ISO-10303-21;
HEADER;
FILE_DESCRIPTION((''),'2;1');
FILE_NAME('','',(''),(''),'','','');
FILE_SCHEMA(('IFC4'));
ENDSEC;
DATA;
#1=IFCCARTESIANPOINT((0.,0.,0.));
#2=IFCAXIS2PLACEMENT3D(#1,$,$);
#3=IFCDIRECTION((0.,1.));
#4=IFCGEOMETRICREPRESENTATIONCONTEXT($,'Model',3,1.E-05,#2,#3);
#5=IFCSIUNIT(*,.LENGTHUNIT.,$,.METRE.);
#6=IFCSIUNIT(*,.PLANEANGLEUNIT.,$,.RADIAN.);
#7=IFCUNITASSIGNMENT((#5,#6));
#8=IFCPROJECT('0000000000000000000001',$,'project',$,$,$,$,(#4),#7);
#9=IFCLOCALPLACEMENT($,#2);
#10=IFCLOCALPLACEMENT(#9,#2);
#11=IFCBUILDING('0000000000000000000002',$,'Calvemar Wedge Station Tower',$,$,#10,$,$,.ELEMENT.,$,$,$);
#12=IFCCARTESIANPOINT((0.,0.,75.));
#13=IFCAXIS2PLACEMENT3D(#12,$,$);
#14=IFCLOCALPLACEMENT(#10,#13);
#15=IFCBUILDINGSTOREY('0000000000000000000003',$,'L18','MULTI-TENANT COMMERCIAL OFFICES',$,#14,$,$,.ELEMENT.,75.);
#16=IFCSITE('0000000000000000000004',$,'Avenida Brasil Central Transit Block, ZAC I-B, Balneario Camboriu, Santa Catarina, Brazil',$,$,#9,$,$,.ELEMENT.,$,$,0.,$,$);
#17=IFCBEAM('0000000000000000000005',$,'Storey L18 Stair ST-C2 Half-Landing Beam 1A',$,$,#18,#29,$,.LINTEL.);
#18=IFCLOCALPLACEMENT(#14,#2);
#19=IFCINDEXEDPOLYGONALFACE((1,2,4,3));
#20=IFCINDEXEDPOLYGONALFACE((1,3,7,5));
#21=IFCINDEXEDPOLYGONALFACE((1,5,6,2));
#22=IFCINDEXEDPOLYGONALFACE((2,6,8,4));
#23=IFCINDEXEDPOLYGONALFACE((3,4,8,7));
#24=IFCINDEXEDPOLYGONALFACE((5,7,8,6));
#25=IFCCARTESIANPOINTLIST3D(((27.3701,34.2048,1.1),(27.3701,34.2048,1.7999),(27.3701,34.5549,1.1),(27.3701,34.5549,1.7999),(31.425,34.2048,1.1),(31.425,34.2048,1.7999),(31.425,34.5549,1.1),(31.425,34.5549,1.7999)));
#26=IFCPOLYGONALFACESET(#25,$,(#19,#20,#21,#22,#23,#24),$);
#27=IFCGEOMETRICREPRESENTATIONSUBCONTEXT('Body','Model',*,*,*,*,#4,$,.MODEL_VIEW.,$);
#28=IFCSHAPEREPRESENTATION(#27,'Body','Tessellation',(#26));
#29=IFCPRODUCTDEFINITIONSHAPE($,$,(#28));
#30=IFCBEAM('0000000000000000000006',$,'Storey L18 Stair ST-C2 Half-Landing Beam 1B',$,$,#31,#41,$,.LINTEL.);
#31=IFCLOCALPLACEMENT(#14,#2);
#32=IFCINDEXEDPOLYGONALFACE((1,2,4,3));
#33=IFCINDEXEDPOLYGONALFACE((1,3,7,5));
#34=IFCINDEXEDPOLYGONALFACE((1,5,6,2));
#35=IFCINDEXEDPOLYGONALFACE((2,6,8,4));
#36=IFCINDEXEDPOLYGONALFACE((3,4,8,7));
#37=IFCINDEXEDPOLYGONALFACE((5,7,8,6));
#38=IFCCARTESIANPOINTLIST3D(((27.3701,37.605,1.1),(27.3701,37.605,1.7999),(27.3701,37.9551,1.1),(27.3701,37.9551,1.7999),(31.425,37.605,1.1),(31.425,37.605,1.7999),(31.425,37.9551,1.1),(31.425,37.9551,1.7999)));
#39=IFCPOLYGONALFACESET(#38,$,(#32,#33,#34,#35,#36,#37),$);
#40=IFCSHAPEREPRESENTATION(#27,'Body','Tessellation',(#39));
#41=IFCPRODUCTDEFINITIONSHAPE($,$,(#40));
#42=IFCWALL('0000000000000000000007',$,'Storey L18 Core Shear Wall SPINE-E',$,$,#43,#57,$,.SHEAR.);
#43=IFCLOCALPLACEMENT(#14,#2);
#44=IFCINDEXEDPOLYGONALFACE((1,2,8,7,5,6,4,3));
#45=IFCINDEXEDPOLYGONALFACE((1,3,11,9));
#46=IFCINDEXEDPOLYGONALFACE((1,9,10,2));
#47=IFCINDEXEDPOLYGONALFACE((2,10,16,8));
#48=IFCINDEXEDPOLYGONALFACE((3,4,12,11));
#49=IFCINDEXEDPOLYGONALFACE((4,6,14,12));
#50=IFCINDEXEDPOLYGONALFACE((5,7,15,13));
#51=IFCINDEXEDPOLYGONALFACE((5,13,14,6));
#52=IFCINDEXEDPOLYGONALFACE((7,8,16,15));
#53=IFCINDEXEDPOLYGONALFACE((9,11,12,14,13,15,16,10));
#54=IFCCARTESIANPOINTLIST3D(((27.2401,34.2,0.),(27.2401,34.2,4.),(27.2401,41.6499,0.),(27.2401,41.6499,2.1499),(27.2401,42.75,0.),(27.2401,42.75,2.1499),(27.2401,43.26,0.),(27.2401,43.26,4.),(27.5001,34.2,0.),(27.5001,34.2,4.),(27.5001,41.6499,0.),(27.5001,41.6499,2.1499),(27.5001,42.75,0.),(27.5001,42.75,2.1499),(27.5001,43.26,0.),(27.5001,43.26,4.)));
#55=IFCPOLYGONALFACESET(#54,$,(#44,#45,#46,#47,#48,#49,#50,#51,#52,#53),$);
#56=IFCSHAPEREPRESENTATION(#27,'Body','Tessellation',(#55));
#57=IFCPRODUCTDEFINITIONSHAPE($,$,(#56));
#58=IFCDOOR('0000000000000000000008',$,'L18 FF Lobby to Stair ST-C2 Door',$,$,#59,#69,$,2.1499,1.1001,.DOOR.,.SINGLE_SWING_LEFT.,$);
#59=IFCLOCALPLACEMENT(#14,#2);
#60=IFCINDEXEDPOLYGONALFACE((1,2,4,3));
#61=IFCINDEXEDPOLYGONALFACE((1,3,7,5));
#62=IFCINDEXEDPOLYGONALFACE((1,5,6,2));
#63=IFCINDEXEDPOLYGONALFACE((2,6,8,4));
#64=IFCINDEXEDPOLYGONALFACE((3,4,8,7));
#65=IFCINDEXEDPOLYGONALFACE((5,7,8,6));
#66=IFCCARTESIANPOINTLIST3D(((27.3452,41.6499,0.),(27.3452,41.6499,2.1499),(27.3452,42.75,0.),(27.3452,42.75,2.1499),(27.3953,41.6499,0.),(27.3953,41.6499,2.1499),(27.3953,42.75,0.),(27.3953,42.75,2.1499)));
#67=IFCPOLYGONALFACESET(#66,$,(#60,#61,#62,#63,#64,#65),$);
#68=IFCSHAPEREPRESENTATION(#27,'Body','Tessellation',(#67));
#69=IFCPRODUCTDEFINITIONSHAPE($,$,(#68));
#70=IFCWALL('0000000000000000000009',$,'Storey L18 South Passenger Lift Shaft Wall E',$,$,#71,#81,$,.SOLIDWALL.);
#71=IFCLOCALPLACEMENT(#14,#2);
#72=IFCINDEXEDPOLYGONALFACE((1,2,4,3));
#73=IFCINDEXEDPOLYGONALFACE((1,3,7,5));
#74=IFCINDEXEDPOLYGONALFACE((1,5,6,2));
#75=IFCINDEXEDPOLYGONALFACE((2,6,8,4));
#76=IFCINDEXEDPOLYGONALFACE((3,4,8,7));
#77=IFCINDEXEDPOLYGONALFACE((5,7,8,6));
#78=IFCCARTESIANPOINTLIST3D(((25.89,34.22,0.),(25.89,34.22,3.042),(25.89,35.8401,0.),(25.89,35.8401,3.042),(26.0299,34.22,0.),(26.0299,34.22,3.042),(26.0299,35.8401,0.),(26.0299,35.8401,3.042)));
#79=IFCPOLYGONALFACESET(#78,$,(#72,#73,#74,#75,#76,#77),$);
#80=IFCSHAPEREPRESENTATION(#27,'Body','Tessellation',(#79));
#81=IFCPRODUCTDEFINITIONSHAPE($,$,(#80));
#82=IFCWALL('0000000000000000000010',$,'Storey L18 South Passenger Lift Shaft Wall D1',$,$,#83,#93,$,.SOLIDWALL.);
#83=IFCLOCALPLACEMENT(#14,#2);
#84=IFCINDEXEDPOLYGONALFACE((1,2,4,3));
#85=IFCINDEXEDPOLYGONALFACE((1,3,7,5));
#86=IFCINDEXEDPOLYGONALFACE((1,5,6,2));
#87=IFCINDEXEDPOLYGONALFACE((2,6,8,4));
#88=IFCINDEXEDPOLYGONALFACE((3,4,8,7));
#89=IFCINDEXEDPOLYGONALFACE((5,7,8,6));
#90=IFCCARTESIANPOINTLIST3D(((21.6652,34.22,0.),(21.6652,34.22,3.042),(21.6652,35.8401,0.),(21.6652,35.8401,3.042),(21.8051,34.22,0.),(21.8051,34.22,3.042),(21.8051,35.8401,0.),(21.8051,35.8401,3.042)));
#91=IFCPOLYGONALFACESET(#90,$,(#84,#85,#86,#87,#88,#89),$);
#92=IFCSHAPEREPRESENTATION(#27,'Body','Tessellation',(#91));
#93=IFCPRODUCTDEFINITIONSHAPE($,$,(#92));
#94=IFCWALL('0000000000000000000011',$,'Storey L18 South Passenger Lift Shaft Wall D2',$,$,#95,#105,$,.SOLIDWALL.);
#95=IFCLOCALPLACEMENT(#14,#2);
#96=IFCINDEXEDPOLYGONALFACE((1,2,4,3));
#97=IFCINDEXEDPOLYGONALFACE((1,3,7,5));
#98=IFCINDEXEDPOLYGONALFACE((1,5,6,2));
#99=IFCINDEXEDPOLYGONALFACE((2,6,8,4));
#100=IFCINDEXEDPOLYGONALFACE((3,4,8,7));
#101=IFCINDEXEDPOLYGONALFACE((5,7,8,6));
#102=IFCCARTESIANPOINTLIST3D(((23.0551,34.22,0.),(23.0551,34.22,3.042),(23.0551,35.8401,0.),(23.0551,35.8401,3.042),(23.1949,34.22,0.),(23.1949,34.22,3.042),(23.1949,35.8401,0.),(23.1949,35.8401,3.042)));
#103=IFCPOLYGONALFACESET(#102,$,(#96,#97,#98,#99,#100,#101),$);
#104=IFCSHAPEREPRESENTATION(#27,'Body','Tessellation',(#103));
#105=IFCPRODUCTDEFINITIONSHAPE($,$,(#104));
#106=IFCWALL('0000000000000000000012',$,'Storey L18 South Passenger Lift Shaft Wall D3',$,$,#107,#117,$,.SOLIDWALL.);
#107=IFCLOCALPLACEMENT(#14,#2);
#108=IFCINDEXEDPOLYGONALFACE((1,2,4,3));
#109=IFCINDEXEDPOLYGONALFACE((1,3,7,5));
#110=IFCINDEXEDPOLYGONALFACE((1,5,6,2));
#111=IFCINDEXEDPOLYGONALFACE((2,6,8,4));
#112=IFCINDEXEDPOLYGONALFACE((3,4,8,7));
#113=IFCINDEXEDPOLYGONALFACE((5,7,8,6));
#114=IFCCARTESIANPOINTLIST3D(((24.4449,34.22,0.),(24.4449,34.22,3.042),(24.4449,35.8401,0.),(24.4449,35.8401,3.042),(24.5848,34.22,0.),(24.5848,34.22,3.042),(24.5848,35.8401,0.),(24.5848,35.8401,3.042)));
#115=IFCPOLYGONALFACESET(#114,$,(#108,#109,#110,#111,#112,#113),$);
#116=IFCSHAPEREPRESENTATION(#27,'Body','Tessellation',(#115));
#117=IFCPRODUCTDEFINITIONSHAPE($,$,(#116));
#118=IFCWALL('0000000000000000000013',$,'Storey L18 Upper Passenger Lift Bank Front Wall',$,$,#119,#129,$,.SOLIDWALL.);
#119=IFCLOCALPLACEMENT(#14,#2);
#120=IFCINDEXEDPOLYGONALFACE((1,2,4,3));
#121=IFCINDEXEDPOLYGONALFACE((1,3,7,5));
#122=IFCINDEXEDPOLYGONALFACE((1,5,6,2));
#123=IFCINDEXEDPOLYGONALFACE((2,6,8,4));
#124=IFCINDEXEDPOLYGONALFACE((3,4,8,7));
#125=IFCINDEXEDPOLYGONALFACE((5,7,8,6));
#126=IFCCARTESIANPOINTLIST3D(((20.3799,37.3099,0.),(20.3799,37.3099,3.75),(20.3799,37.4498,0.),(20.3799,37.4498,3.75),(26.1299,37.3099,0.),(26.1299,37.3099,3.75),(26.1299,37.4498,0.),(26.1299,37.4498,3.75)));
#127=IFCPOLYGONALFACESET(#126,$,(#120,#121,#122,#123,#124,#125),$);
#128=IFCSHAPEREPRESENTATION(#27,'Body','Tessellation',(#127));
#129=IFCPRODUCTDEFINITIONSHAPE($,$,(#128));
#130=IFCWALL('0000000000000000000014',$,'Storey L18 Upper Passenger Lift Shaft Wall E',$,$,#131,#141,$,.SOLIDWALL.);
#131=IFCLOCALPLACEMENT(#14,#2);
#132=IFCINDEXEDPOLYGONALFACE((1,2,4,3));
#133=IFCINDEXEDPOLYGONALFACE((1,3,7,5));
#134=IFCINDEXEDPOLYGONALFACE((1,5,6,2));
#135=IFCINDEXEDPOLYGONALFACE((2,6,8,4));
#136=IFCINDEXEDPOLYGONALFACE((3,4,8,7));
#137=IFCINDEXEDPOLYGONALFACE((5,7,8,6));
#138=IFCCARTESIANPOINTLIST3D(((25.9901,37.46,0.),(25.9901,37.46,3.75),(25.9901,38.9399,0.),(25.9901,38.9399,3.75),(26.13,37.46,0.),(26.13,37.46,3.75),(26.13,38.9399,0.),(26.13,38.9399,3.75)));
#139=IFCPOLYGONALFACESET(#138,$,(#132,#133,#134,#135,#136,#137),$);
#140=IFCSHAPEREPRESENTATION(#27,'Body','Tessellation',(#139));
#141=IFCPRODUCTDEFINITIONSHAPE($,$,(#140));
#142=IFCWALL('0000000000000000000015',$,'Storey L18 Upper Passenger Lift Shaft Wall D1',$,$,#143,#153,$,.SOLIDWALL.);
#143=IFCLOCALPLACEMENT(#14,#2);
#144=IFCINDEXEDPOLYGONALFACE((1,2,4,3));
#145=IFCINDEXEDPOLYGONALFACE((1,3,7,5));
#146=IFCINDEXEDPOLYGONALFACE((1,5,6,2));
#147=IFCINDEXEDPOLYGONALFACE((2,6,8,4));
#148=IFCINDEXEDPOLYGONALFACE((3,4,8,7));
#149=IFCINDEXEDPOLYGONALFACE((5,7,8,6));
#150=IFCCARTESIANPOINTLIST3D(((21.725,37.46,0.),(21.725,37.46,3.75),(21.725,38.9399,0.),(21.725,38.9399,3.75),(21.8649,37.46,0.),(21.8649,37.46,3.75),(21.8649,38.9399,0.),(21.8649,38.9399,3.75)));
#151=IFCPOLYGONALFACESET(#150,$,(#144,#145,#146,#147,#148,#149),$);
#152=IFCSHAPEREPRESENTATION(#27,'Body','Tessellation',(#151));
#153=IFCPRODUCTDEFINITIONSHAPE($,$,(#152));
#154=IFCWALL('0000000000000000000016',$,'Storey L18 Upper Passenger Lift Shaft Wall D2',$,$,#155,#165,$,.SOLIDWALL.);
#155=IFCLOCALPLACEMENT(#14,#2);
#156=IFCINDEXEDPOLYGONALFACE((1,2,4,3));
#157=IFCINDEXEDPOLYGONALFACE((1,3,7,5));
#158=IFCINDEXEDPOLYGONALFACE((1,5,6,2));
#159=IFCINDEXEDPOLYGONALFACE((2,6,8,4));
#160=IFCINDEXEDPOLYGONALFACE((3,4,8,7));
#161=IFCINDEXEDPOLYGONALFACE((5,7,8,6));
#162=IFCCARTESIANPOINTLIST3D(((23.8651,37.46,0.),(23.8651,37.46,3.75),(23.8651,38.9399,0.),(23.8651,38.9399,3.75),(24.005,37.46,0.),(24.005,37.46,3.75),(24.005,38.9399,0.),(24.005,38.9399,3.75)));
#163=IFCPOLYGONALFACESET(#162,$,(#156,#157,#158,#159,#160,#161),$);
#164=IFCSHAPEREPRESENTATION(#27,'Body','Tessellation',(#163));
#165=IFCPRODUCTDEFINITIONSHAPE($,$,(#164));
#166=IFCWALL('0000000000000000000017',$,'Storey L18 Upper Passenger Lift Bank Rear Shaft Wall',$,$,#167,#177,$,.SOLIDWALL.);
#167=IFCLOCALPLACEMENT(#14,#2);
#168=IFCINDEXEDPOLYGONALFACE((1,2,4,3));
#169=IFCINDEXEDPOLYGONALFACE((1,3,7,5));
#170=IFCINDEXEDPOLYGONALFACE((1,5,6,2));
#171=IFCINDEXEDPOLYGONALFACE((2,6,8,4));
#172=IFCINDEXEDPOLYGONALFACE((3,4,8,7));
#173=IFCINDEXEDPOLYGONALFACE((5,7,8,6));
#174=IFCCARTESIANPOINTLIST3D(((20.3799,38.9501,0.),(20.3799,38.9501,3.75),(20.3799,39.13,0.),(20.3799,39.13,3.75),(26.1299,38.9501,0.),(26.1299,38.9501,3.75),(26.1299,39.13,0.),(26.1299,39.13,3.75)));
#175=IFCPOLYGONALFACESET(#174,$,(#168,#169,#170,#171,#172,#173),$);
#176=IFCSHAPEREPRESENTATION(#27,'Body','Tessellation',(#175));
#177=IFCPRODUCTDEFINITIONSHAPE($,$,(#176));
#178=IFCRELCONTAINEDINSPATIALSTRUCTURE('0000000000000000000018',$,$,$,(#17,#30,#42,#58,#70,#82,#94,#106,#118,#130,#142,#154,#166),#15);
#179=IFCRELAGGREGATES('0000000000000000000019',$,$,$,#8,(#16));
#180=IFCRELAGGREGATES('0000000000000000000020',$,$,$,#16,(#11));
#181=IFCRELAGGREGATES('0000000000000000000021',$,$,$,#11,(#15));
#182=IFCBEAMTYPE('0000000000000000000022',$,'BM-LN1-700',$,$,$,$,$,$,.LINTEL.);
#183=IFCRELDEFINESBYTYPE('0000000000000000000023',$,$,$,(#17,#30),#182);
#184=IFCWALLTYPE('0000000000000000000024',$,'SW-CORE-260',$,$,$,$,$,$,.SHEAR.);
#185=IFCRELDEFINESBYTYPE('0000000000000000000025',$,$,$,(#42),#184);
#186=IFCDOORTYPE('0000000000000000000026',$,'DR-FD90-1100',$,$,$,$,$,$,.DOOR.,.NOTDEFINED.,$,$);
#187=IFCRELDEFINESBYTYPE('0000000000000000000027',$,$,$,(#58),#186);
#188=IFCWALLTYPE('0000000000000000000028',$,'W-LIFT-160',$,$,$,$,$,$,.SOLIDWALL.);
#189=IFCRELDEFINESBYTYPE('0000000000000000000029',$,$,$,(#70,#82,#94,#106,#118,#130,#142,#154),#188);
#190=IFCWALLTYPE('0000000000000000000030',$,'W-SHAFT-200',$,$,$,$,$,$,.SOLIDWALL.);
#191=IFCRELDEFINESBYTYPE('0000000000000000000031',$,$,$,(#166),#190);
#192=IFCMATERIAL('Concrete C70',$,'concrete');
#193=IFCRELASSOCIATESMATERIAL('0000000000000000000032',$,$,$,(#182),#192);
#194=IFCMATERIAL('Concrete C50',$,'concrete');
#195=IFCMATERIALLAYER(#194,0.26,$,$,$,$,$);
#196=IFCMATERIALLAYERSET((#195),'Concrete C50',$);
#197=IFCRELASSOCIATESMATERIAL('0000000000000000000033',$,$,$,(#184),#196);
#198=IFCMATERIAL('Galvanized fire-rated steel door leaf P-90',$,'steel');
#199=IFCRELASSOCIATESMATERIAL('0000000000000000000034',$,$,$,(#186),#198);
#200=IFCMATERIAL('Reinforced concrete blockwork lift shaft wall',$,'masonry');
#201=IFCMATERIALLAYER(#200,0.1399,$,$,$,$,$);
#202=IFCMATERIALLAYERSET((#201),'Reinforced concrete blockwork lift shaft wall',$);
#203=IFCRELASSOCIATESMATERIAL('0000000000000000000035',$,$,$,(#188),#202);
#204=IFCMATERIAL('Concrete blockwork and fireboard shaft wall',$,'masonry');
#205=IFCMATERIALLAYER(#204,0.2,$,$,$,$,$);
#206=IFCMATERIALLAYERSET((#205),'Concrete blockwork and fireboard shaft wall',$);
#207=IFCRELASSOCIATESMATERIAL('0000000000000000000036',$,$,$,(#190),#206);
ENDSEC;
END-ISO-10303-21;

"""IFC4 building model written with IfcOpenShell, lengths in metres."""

from ifc_helpers import new_model, si_unit, direction, frame, frame_2d, origin, origin_2d, place, context, subcontext, project, spatial, rectangle, extrude, source, transform, mapped, material, layer, layer_set, material_profile, profile_set, type_object, element, fill, save


model = new_model("IFC4")

# Units and contexts
model_context = context("Model", 3, precision=1e-05, world=origin(), true_north=direction((0.0, 1.0)))
body_context = subcontext(model_context, "Body", "Model", "MODEL_VIEW")
ifc_project = project(units=[si_unit("LENGTHUNIT", "METRE"), si_unit("PLANEANGLEUNIT", "RADIAN")], contexts=[model_context])

# Site, building, storey
site_placement = place(None, origin())
site = spatial("IfcSite", under=ifc_project, at=site_placement, Name="Avenida Brasil Central Transit Block, ZAC I-B, Balneario Camboriu, Santa Catarina, Brazil", CompositionType="ELEMENT", RefElevation=0.0)
building_placement = place(site_placement, origin())
building = spatial("IfcBuilding", under=site, at=building_placement, Name="Calvemar Wedge Station Tower", CompositionType="ELEMENT")
storey_placement = place(building_placement, frame((0.0, 0.0, 75.0)))
storey = spatial("IfcBuildingStorey", under=building, at=storey_placement, Name="L18", Description="MULTI-TENANT COMMERCIAL OFFICES", CompositionType="ELEMENT", Elevation=75.0)

# Beams
ifc_material_1 = material(Name="Concrete C70", Category="concrete")
ifc_material_profile = material_profile(ifc_material_1, rectangle(XDim=0.3501, YDim=0.7, at=origin_2d()), Name="RC350x700")
ifc_profile_set = profile_set([ifc_material_profile], Name="Concrete C70")
beam_type = type_object("IfcBeamType", Name="BM-LN1-700", PredefinedType="LINTEL", material=ifc_profile_set)
shared_shape_1 = source(origin(), body_context, "Body", "SweptSolid", [
    extrude(rectangle(XDim=0.3501, YDim=0.7, at=origin_2d()), origin(), (0.0, 0.0, 1.0), 4.0549),
])
for number, where, z_axis, x_axis, name in (
    (1, (27.3701, 34.3799, 1.45), (1.0, 0.0, 0.0), (0.0, 1.0, 0.0), "Storey L18 Stair ST-C2 Half-Landing Beam 1A"),
    (2, (27.3701, 37.78, 1.45), (1.0, 0.0, 0.0), (0.0, 1.0, 0.0), "Storey L18 Stair ST-C2 Half-Landing Beam 1B"),
):
    element("IfcBeam", number, at=place(storey_placement, frame(where, z_axis=z_axis, x_axis=x_axis)), inside=storey, type_object=beam_type, Name=name, PredefinedType="LINTEL", context=body_context, shape_type="MappedRepresentation", body=[
        mapped(shared_shape_1, transform((0.0, 0.0, 0.0), scale=1.0)),
    ])

# Wall, opening, door
ifc_material_2 = material(Name="Concrete C50", Category="concrete")
ifc_layer_1 = layer(ifc_material_2, 0.26)
ifc_layer_set_1 = layer_set([ifc_layer_1], Name="Concrete C50")
wall_type_1 = type_object("IfcWallType", Name="SW-CORE-260", PredefinedType="SHEAR", material=ifc_layer_set_1)
wall_1_placement = place(storey_placement, frame((27.3701, 34.2, 0.0), z_axis=(0.0, 0.0, 1.0), x_axis=(0.0, 1.0, 0.0)))
wall_1 = element("IfcWall", 3, at=wall_1_placement, inside=storey, type_object=wall_type_1, Name="Storey L18 Core Shear Wall SPINE-E", PredefinedType="SHEAR", context=body_context, shape_type="SweptSolid", body=[
    extrude(rectangle(XDim=9.0601, YDim=0.26, at=frame_2d((4.53, 0.0))), origin(), (0.0, 0.0, 1.0), 4.0),
])
shared_shape_2 = source(origin(), body_context, "Body", "SweptSolid", [
    extrude(rectangle(XDim=1.1001, YDim=2.1499, at=frame_2d((0.55, 1.075))), frame((0.0, 0.1401, 0.0), z_axis=(0.0, -1.0, 0.0), x_axis=(1.0, 0.0, 0.0)), (0.0, 0.0, 1.0), 0.28),
])
opening_1_placement = place(wall_1_placement, frame((7.45, 0.0, 0.0)))
opening_1 = element("IfcOpeningElement", 4, at=opening_1_placement, cuts=wall_1, PredefinedType="OPENING", context=body_context, shape_type="MappedRepresentation", body=[
    mapped(shared_shape_2, transform((0.0, 0.0, 0.0), scale=1.0)),
])
ifc_material_3 = material(Name="Galvanized fire-rated steel door leaf P-90", Category="steel")
door_type_1 = type_object("IfcDoorType", Name="DR-FD90-1100", OperationType="NOTDEFINED", PredefinedType="DOOR", material=ifc_material_3)
shared_shape_3 = source(origin(), body_context, "Body", "SweptSolid", [
    extrude(rectangle(XDim=1.1001, YDim=2.1499, at=frame_2d((0.55, 1.075))), frame((0.0, 0.0249, 0.0), z_axis=(0.0, -1.0, 0.0), x_axis=(1.0, 0.0, 0.0)), (0.0, 0.0, 1.0), 0.05),
])
door_1_placement = place(opening_1_placement, origin())
door_1 = element("IfcDoor", 5, at=door_1_placement, inside=storey, type_object=door_type_1, Name="L18 FF Lobby to Stair ST-C2 Door", OperationType="SINGLE_SWING_LEFT", OverallHeight=2.1499, OverallWidth=1.1001, PredefinedType="DOOR", context=body_context, shape_type="MappedRepresentation", body=[
    mapped(shared_shape_3, transform((0.0, 0.0, 0.0), scale=1.0)),
])
fill(opening_1, door_1)

# Shared definitions
ifc_material_4 = material(Name="Reinforced concrete blockwork lift shaft wall", Category="masonry")
ifc_layer_2 = layer(ifc_material_4, 0.1399)
ifc_layer_set_2 = layer_set([ifc_layer_2], Name="Reinforced concrete blockwork lift shaft wall")
wall_type_2 = type_object("IfcWallType", Name="W-LIFT-160", PredefinedType="SOLIDWALL", material=ifc_layer_set_2)

# Walls
for number, where, z_axis, x_axis, name in (
    (6, (25.96, 34.22, 0.0), (0.0, 0.0, 1.0), (0.0, 1.0, 0.0), "Storey L18 South Passenger Lift Shaft Wall E"),
    (7, (21.7351, 34.22, 0.0), (0.0, 0.0, 1.0), (0.0, 1.0, 0.0), "Storey L18 South Passenger Lift Shaft Wall D1"),
    (8, (23.125, 34.22, 0.0), (0.0, 0.0, 1.0), (0.0, 1.0, 0.0), "Storey L18 South Passenger Lift Shaft Wall D2"),
    (9, (24.5149, 34.22, 0.0), (0.0, 0.0, 1.0), (0.0, 1.0, 0.0), "Storey L18 South Passenger Lift Shaft Wall D3"),
):
    element("IfcWall", number, at=place(storey_placement, frame(where, z_axis=z_axis, x_axis=x_axis)), inside=storey, type_object=wall_type_2, Name=name, PredefinedType="SOLIDWALL", context=body_context, shape_type="SweptSolid", body=[
        extrude(rectangle(XDim=1.6201, YDim=0.1399, at=frame_2d((0.8101, 0.0))), origin(), (0.0, 0.0, 1.0), 3.042),
    ])
wall_2_placement = place(storey_placement, frame((20.3799, 37.3799, 0.0), z_axis=(0.0, 0.0, 1.0), x_axis=(1.0, 0.0, 0.0)))
element("IfcWall", 10, at=wall_2_placement, inside=storey, type_object=wall_type_2, Name="Storey L18 Upper Passenger Lift Bank Front Wall", PredefinedType="SOLIDWALL", context=body_context, shape_type="SweptSolid", body=[
    extrude(rectangle(XDim=5.75, YDim=0.1399, at=frame_2d((2.875, 0.0))), origin(), (0.0, 0.0, 1.0), 3.75),
])
for number, where, z_axis, x_axis, name in (
    (11, (26.0601, 37.46, 0.0), (0.0, 0.0, 1.0), (0.0, 1.0, 0.0), "Storey L18 Upper Passenger Lift Shaft Wall E"),
    (12, (21.7949, 37.46, 0.0), (0.0, 0.0, 1.0), (0.0, 1.0, 0.0), "Storey L18 Upper Passenger Lift Shaft Wall D1"),
    (13, (23.9351, 37.46, 0.0), (0.0, 0.0, 1.0), (0.0, 1.0, 0.0), "Storey L18 Upper Passenger Lift Shaft Wall D2"),
):
    element("IfcWall", number, at=place(storey_placement, frame(where, z_axis=z_axis, x_axis=x_axis)), inside=storey, type_object=wall_type_2, Name=name, PredefinedType="SOLIDWALL", context=body_context, shape_type="SweptSolid", body=[
        extrude(rectangle(XDim=1.48, YDim=0.1399, at=frame_2d((0.74, 0.0))), origin(), (0.0, 0.0, 1.0), 3.75),
    ])
ifc_material_5 = material(Name="Concrete blockwork and fireboard shaft wall", Category="masonry")
ifc_layer_3 = layer(ifc_material_5, 0.2)
ifc_layer_set_3 = layer_set([ifc_layer_3], Name="Concrete blockwork and fireboard shaft wall")
wall_type_3 = type_object("IfcWallType", Name="W-SHAFT-200", PredefinedType="SOLIDWALL", material=ifc_layer_set_3)
wall_3_placement = place(storey_placement, frame((20.3799, 39.04, 0.0), z_axis=(0.0, 0.0, 1.0), x_axis=(1.0, 0.0, 0.0)))
element("IfcWall", 14, at=wall_3_placement, inside=storey, type_object=wall_type_3, Name="Storey L18 Upper Passenger Lift Bank Rear Shaft Wall", PredefinedType="SOLIDWALL", context=body_context, shape_type="SweptSolid", body=[
    extrude(rectangle(XDim=5.75, YDim=0.1799, at=frame_2d((2.875, 0.0))), origin(), (0.0, 0.0, 1.0), 3.75),
])

save(model, "model.ifc")
